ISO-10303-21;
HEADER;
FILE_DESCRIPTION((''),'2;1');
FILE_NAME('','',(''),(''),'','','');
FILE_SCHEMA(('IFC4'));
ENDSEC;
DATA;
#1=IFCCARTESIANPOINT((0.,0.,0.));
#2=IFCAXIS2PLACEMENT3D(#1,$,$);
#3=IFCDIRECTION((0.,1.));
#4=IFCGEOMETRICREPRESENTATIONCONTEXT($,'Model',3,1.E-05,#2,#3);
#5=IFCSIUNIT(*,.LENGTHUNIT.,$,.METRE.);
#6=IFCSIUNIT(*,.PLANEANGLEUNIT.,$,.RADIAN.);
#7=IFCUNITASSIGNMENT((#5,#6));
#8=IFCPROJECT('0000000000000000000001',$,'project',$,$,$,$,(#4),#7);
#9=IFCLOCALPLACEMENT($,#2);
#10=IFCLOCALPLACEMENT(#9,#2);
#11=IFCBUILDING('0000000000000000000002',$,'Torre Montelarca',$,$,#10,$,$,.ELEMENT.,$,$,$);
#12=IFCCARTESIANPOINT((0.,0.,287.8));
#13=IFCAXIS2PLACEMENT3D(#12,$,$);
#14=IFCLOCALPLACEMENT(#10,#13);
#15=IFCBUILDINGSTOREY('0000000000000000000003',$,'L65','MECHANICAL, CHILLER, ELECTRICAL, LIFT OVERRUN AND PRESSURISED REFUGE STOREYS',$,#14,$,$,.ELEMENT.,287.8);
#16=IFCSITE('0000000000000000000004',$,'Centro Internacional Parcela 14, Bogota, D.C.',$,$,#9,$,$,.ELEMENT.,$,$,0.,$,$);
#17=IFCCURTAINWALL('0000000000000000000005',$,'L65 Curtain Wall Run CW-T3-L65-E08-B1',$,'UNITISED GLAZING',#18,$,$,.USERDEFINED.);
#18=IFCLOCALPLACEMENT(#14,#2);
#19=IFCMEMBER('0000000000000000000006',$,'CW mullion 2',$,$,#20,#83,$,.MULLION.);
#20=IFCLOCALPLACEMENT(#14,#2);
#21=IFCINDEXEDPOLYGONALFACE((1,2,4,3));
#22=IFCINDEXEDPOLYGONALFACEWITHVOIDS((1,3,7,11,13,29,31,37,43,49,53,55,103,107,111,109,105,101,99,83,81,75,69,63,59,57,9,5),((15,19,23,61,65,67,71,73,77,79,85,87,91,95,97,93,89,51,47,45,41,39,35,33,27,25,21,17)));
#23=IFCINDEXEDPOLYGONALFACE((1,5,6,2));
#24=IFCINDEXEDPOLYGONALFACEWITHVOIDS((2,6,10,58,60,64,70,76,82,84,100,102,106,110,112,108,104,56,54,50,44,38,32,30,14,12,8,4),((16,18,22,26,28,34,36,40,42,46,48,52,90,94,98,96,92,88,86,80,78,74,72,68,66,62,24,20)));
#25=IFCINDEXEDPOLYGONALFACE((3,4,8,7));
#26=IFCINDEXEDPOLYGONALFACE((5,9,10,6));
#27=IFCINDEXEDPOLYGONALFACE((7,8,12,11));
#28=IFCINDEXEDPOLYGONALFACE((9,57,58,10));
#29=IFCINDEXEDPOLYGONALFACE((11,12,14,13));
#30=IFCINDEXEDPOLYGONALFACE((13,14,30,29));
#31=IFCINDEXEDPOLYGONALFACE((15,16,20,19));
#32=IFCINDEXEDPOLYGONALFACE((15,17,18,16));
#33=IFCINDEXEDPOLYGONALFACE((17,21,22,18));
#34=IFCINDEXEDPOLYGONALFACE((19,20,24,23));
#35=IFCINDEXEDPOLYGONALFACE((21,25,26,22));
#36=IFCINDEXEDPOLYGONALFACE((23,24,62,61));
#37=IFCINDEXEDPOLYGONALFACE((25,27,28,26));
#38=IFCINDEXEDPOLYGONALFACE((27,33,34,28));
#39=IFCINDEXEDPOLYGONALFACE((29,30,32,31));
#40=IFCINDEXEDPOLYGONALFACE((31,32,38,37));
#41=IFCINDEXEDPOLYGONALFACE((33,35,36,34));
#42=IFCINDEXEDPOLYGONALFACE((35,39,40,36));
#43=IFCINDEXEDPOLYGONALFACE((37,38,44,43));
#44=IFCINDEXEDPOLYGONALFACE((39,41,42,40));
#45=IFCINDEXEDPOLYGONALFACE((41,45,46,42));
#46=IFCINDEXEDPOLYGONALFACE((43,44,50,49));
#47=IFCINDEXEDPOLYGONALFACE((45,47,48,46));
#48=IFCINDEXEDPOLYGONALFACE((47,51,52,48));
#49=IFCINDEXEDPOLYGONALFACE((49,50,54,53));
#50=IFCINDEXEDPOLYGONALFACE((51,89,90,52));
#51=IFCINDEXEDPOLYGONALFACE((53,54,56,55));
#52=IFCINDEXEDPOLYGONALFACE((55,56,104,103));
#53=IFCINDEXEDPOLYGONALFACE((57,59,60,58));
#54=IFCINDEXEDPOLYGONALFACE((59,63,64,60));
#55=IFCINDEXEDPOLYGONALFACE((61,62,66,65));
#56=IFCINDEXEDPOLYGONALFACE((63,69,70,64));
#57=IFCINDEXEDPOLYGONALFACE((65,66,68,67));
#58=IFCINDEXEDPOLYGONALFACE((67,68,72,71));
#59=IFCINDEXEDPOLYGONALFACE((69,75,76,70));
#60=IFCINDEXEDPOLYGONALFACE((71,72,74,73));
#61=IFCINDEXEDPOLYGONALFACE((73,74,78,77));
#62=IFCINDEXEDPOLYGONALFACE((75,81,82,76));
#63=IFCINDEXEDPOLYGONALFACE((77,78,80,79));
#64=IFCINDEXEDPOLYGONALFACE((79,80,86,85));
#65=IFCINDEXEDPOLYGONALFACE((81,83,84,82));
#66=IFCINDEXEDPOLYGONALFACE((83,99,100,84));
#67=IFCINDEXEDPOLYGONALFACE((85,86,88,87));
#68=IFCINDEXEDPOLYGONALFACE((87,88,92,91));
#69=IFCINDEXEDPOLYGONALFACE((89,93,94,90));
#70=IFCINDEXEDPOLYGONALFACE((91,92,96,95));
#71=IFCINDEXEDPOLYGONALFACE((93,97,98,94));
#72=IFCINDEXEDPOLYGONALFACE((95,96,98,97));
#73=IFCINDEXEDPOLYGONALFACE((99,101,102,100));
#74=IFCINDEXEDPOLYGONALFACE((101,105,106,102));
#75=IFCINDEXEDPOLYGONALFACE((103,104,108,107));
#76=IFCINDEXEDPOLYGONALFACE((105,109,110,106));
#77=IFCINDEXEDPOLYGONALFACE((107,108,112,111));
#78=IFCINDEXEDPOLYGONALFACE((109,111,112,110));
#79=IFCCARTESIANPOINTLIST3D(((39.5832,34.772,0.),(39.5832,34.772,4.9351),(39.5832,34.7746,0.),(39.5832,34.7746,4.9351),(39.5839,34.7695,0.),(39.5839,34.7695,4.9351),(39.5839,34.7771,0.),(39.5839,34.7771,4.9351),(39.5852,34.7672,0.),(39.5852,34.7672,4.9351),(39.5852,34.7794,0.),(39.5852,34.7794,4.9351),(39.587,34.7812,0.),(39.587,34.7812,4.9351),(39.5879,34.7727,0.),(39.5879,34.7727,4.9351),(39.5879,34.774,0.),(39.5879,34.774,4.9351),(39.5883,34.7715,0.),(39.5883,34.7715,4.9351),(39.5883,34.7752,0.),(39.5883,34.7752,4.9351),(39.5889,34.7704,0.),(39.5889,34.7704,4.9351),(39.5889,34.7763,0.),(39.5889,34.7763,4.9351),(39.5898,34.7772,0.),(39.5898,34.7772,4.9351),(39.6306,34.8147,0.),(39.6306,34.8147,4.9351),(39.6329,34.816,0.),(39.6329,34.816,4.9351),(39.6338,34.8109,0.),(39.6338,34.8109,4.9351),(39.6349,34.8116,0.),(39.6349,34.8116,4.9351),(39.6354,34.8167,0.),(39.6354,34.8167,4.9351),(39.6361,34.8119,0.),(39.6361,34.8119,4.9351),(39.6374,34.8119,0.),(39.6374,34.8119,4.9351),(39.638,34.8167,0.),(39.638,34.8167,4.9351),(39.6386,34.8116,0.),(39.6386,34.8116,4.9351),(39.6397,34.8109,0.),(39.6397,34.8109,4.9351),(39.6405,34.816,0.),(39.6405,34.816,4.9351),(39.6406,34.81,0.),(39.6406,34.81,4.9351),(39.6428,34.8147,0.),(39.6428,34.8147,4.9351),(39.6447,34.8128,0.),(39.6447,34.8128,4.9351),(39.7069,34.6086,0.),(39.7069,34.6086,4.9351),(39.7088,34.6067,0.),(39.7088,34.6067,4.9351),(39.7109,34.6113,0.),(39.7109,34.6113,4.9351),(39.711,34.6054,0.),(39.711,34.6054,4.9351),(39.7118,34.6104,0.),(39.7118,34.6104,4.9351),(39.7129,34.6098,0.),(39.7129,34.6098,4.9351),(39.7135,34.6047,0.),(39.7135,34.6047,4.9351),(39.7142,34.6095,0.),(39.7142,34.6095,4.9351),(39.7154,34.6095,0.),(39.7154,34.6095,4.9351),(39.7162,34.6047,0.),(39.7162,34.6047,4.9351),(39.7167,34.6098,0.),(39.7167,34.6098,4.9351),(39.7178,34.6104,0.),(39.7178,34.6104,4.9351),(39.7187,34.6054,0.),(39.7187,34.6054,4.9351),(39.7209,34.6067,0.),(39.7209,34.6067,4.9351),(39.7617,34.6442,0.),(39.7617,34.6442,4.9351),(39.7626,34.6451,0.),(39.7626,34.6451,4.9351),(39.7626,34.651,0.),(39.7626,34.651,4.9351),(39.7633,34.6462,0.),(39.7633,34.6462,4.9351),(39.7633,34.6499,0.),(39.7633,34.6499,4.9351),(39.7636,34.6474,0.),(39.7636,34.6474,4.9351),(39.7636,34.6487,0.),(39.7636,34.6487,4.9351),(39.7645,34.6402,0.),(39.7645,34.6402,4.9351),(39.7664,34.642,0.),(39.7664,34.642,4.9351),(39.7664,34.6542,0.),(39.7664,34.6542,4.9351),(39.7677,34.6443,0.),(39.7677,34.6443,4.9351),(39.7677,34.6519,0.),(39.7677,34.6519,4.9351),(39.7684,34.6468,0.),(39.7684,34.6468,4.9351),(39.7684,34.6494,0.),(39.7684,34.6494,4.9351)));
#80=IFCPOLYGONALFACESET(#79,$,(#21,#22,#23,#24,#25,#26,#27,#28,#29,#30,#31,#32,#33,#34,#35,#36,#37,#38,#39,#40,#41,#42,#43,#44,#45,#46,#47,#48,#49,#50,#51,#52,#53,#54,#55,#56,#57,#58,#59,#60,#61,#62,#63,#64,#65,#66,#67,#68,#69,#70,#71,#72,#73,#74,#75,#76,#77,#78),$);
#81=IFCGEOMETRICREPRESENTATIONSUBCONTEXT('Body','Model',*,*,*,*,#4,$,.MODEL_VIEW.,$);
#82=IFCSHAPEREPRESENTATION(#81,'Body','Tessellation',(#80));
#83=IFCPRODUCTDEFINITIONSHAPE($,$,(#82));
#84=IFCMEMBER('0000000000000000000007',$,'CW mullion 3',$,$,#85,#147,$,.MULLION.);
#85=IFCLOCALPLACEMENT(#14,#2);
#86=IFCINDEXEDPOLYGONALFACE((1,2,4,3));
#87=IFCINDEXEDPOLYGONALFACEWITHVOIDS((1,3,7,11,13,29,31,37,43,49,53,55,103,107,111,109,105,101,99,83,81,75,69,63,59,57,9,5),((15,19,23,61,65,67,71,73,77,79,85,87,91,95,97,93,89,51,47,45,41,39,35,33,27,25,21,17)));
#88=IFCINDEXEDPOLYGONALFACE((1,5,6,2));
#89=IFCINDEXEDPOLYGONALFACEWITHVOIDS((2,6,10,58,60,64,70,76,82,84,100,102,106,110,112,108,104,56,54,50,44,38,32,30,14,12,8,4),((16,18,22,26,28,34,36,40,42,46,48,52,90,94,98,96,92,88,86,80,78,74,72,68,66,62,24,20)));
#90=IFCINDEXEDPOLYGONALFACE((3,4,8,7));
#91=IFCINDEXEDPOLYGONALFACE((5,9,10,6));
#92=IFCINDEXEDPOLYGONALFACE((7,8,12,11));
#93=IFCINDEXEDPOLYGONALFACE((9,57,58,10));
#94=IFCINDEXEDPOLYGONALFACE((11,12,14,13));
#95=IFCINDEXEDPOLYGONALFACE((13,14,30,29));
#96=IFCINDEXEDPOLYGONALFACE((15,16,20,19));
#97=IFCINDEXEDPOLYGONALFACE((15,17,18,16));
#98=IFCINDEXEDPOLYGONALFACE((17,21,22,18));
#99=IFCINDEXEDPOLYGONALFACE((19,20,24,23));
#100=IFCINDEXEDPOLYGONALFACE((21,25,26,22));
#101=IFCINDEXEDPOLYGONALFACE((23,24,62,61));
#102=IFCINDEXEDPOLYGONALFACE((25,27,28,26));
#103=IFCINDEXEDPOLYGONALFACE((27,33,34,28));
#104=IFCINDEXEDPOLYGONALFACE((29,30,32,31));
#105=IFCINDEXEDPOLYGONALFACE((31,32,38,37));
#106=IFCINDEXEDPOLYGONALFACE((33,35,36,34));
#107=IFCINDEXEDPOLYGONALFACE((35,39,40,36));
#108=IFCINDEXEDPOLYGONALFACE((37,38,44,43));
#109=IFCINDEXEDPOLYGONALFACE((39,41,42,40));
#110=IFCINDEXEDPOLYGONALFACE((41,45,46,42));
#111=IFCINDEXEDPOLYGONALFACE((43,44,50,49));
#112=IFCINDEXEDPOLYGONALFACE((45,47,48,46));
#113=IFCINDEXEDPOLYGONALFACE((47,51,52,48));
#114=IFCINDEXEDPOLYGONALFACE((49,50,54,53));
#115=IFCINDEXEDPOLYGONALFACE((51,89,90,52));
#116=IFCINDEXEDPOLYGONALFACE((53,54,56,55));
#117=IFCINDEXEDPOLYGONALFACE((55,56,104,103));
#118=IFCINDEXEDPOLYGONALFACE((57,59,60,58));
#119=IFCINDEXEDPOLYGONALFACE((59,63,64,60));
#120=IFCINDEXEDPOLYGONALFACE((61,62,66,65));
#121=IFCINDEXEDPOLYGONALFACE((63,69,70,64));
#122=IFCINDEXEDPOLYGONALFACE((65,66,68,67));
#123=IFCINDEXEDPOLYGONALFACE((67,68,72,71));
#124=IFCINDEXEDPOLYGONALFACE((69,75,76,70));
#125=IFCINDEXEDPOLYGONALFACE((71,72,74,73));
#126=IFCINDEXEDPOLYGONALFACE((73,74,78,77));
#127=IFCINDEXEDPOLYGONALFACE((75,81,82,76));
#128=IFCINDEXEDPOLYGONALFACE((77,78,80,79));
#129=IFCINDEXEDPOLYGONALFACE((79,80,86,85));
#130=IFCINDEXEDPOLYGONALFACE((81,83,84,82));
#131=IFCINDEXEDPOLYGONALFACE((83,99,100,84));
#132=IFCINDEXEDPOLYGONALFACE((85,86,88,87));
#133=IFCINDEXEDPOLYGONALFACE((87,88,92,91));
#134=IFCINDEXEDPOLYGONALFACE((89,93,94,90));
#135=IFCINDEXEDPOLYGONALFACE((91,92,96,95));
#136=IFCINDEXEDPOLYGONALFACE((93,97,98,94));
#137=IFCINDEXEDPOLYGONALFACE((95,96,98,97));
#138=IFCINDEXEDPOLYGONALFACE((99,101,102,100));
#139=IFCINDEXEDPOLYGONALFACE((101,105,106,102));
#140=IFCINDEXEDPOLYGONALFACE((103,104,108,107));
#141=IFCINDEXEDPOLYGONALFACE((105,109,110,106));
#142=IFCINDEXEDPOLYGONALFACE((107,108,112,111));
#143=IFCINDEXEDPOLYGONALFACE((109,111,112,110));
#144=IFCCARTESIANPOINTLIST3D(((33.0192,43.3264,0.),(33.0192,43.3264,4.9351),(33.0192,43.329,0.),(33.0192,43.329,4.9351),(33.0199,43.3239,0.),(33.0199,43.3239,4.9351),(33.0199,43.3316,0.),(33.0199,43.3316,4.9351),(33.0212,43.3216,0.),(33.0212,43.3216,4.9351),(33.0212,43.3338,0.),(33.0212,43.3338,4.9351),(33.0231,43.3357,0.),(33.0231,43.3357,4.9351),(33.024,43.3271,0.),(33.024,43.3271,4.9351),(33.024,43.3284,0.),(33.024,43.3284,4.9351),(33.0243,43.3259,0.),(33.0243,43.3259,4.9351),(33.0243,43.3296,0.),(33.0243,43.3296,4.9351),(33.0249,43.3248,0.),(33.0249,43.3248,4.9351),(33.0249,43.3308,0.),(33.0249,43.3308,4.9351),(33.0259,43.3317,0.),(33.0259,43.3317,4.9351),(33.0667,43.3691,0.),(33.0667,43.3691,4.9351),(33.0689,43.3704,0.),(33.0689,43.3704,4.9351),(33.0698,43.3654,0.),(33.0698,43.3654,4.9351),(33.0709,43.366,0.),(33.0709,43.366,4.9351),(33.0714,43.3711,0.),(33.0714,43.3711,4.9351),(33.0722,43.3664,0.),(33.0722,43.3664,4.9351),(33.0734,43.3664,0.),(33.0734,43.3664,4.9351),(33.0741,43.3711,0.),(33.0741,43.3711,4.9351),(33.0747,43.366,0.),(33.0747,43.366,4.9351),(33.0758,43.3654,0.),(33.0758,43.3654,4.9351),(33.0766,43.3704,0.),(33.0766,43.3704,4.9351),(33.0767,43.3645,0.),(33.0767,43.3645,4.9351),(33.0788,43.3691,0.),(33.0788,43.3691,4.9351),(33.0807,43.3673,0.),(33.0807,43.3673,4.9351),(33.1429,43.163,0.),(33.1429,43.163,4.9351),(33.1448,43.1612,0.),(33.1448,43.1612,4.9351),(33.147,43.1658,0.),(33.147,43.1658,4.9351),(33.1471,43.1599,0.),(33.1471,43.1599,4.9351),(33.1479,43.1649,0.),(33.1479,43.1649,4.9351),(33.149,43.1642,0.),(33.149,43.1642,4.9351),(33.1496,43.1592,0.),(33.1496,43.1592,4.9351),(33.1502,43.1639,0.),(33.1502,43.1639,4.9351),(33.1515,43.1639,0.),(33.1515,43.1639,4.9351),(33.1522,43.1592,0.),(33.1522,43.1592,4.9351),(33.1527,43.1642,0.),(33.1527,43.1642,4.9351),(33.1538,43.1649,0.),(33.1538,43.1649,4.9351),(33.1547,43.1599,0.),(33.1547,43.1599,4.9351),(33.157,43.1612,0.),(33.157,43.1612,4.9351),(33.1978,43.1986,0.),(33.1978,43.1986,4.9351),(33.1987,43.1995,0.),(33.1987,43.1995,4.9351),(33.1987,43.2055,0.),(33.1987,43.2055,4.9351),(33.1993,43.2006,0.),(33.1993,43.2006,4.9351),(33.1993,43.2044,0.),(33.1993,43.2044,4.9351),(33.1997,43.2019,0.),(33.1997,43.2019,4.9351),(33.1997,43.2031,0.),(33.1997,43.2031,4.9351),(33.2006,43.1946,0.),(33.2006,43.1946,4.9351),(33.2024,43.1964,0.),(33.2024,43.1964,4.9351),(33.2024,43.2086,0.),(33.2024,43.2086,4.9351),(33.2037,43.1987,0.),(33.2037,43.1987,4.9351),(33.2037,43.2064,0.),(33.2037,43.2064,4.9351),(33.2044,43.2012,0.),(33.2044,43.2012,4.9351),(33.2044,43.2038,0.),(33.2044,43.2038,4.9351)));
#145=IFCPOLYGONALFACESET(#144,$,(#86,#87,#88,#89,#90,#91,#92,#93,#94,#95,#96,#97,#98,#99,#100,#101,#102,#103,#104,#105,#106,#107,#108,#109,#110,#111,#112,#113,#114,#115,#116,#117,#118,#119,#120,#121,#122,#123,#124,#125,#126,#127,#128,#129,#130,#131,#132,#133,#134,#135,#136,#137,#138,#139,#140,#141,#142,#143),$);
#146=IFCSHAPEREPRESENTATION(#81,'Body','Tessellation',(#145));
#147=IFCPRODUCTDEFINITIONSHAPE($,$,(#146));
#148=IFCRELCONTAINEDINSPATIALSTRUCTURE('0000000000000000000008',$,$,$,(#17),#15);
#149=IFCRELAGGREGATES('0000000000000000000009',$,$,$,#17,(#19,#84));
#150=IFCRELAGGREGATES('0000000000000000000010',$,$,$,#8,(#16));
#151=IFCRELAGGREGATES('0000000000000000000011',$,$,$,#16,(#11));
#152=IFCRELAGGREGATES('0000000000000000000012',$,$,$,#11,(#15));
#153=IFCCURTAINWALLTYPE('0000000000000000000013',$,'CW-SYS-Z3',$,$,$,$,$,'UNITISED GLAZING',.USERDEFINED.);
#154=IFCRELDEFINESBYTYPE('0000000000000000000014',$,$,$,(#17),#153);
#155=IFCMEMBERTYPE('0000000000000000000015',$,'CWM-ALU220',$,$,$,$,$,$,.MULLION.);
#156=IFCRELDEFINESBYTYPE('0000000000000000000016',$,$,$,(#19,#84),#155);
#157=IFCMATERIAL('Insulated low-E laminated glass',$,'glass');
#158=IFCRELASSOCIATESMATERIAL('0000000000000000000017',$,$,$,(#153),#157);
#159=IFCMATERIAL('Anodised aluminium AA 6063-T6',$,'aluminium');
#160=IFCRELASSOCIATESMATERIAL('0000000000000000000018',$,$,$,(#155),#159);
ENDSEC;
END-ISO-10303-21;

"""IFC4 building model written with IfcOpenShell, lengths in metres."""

from ifc_helpers import new_model, si_unit, direction, frame, origin, origin_2d, place, context, subcontext, project, spatial, hollow_rectangle, extrude, source, transform, mapped, material, material_profile, profile_set, type_object, element, aggregate, save


model = new_model("IFC4")

# Units and contexts
model_context = context("Model", 3, precision=1e-05, world=origin(), true_north=direction((0.0, 1.0)))
body_context = subcontext(model_context, "Body", "Model", "MODEL_VIEW")
ifc_project = project(units=[si_unit("LENGTHUNIT", "METRE"), si_unit("PLANEANGLEUNIT", "RADIAN")], contexts=[model_context])

# Site, building, storey
site_placement = place(None, origin())
site = spatial("IfcSite", under=ifc_project, at=site_placement, Name="Centro Internacional Parcela 14, Bogota, D.C.", CompositionType="ELEMENT", RefElevation=0.0)
building_placement = place(site_placement, origin())
building = spatial("IfcBuilding", under=site, at=building_placement, Name="Torre Montelarca", CompositionType="ELEMENT")
storey_placement = place(building_placement, frame((0.0, 0.0, 287.8)))
storey = spatial("IfcBuildingStorey", under=building, at=storey_placement, Name="L65", Description="MECHANICAL, CHILLER, ELECTRICAL, LIFT OVERRUN AND PRESSURISED REFUGE STOREYS", CompositionType="ELEMENT", Elevation=287.8)

# Curtain wall, members
ifc_material_1 = material(Name="Insulated low-E laminated glass", Category="glass")
curtain_wall_type = type_object("IfcCurtainWallType", Name="CW-SYS-Z3", ElementType="UNITISED GLAZING", PredefinedType="USERDEFINED", material=ifc_material_1)
ifc_material_2 = material(Name="Anodised aluminium AA 6063-T6", Category="aluminium")
curtain_wall_1_placement = place(storey_placement, origin())
curtain_wall_1 = element("IfcCurtainWall", 1, at=curtain_wall_1_placement, inside=storey, type_object=curtain_wall_type, Name="L65 Curtain Wall Run CW-T3-L65-E08-B1", ObjectType="UNITISED GLAZING", PredefinedType="USERDEFINED")
ifc_material_profile_1 = material_profile(ifc_material_2, hollow_rectangle(XDim=0.075, YDim=0.22, WallThickness=0.0049, InnerFilletRadius=0.0049, OuterFilletRadius=0.01, at=origin_2d()), Name="ALU75X220X5", Category="aluminium")
ifc_profile_set_1 = profile_set([ifc_material_profile_1], Name="Anodised aluminium AA 6063-T6")
member_type_1 = type_object("IfcMemberType", Name="CWM-ALU220", PredefinedType="MULLION", material=ifc_profile_set_1)
shared_shape_1 = source(origin(), body_context, "Body", "SweptSolid", [
    extrude(hollow_rectangle(XDim=0.075, YDim=0.22, WallThickness=0.0049, InnerFilletRadius=0.0049, OuterFilletRadius=0.01, at=origin_2d()), origin(), (0.0, 0.0, 1.0), 4.9351),
])
member_1_placement = place(storey_placement, frame((39.6758, 34.7107, 0.0), z_axis=(0.0, 0.0, 1.0), x_axis=(-0.793354, -0.608761, 0.0)))
member_1 = element("IfcMember", 2, at=member_1_placement, type_object=member_type_1, Name="CW mullion 2", PredefinedType="MULLION", context=body_context, shape_type="MappedRepresentation", body=[
    mapped(shared_shape_1, transform((0.0, 0.0, 0.0), scale=1.0)),
])
member_2_placement = place(storey_placement, frame((33.1118, 43.2651, 0.0), z_axis=(0.0, 0.0, 1.0), x_axis=(-0.793354, -0.608761, 0.0)))
member_2 = element("IfcMember", 3, at=member_2_placement, type_object=member_type_1, Name="CW mullion 3", PredefinedType="MULLION", context=body_context, shape_type="MappedRepresentation", body=[
    mapped(shared_shape_1, transform((0.0, 0.0, 0.0), scale=1.0)),
])

aggregate(curtain_wall_1, [member_1, member_2])

save(model, "model.ifc")
